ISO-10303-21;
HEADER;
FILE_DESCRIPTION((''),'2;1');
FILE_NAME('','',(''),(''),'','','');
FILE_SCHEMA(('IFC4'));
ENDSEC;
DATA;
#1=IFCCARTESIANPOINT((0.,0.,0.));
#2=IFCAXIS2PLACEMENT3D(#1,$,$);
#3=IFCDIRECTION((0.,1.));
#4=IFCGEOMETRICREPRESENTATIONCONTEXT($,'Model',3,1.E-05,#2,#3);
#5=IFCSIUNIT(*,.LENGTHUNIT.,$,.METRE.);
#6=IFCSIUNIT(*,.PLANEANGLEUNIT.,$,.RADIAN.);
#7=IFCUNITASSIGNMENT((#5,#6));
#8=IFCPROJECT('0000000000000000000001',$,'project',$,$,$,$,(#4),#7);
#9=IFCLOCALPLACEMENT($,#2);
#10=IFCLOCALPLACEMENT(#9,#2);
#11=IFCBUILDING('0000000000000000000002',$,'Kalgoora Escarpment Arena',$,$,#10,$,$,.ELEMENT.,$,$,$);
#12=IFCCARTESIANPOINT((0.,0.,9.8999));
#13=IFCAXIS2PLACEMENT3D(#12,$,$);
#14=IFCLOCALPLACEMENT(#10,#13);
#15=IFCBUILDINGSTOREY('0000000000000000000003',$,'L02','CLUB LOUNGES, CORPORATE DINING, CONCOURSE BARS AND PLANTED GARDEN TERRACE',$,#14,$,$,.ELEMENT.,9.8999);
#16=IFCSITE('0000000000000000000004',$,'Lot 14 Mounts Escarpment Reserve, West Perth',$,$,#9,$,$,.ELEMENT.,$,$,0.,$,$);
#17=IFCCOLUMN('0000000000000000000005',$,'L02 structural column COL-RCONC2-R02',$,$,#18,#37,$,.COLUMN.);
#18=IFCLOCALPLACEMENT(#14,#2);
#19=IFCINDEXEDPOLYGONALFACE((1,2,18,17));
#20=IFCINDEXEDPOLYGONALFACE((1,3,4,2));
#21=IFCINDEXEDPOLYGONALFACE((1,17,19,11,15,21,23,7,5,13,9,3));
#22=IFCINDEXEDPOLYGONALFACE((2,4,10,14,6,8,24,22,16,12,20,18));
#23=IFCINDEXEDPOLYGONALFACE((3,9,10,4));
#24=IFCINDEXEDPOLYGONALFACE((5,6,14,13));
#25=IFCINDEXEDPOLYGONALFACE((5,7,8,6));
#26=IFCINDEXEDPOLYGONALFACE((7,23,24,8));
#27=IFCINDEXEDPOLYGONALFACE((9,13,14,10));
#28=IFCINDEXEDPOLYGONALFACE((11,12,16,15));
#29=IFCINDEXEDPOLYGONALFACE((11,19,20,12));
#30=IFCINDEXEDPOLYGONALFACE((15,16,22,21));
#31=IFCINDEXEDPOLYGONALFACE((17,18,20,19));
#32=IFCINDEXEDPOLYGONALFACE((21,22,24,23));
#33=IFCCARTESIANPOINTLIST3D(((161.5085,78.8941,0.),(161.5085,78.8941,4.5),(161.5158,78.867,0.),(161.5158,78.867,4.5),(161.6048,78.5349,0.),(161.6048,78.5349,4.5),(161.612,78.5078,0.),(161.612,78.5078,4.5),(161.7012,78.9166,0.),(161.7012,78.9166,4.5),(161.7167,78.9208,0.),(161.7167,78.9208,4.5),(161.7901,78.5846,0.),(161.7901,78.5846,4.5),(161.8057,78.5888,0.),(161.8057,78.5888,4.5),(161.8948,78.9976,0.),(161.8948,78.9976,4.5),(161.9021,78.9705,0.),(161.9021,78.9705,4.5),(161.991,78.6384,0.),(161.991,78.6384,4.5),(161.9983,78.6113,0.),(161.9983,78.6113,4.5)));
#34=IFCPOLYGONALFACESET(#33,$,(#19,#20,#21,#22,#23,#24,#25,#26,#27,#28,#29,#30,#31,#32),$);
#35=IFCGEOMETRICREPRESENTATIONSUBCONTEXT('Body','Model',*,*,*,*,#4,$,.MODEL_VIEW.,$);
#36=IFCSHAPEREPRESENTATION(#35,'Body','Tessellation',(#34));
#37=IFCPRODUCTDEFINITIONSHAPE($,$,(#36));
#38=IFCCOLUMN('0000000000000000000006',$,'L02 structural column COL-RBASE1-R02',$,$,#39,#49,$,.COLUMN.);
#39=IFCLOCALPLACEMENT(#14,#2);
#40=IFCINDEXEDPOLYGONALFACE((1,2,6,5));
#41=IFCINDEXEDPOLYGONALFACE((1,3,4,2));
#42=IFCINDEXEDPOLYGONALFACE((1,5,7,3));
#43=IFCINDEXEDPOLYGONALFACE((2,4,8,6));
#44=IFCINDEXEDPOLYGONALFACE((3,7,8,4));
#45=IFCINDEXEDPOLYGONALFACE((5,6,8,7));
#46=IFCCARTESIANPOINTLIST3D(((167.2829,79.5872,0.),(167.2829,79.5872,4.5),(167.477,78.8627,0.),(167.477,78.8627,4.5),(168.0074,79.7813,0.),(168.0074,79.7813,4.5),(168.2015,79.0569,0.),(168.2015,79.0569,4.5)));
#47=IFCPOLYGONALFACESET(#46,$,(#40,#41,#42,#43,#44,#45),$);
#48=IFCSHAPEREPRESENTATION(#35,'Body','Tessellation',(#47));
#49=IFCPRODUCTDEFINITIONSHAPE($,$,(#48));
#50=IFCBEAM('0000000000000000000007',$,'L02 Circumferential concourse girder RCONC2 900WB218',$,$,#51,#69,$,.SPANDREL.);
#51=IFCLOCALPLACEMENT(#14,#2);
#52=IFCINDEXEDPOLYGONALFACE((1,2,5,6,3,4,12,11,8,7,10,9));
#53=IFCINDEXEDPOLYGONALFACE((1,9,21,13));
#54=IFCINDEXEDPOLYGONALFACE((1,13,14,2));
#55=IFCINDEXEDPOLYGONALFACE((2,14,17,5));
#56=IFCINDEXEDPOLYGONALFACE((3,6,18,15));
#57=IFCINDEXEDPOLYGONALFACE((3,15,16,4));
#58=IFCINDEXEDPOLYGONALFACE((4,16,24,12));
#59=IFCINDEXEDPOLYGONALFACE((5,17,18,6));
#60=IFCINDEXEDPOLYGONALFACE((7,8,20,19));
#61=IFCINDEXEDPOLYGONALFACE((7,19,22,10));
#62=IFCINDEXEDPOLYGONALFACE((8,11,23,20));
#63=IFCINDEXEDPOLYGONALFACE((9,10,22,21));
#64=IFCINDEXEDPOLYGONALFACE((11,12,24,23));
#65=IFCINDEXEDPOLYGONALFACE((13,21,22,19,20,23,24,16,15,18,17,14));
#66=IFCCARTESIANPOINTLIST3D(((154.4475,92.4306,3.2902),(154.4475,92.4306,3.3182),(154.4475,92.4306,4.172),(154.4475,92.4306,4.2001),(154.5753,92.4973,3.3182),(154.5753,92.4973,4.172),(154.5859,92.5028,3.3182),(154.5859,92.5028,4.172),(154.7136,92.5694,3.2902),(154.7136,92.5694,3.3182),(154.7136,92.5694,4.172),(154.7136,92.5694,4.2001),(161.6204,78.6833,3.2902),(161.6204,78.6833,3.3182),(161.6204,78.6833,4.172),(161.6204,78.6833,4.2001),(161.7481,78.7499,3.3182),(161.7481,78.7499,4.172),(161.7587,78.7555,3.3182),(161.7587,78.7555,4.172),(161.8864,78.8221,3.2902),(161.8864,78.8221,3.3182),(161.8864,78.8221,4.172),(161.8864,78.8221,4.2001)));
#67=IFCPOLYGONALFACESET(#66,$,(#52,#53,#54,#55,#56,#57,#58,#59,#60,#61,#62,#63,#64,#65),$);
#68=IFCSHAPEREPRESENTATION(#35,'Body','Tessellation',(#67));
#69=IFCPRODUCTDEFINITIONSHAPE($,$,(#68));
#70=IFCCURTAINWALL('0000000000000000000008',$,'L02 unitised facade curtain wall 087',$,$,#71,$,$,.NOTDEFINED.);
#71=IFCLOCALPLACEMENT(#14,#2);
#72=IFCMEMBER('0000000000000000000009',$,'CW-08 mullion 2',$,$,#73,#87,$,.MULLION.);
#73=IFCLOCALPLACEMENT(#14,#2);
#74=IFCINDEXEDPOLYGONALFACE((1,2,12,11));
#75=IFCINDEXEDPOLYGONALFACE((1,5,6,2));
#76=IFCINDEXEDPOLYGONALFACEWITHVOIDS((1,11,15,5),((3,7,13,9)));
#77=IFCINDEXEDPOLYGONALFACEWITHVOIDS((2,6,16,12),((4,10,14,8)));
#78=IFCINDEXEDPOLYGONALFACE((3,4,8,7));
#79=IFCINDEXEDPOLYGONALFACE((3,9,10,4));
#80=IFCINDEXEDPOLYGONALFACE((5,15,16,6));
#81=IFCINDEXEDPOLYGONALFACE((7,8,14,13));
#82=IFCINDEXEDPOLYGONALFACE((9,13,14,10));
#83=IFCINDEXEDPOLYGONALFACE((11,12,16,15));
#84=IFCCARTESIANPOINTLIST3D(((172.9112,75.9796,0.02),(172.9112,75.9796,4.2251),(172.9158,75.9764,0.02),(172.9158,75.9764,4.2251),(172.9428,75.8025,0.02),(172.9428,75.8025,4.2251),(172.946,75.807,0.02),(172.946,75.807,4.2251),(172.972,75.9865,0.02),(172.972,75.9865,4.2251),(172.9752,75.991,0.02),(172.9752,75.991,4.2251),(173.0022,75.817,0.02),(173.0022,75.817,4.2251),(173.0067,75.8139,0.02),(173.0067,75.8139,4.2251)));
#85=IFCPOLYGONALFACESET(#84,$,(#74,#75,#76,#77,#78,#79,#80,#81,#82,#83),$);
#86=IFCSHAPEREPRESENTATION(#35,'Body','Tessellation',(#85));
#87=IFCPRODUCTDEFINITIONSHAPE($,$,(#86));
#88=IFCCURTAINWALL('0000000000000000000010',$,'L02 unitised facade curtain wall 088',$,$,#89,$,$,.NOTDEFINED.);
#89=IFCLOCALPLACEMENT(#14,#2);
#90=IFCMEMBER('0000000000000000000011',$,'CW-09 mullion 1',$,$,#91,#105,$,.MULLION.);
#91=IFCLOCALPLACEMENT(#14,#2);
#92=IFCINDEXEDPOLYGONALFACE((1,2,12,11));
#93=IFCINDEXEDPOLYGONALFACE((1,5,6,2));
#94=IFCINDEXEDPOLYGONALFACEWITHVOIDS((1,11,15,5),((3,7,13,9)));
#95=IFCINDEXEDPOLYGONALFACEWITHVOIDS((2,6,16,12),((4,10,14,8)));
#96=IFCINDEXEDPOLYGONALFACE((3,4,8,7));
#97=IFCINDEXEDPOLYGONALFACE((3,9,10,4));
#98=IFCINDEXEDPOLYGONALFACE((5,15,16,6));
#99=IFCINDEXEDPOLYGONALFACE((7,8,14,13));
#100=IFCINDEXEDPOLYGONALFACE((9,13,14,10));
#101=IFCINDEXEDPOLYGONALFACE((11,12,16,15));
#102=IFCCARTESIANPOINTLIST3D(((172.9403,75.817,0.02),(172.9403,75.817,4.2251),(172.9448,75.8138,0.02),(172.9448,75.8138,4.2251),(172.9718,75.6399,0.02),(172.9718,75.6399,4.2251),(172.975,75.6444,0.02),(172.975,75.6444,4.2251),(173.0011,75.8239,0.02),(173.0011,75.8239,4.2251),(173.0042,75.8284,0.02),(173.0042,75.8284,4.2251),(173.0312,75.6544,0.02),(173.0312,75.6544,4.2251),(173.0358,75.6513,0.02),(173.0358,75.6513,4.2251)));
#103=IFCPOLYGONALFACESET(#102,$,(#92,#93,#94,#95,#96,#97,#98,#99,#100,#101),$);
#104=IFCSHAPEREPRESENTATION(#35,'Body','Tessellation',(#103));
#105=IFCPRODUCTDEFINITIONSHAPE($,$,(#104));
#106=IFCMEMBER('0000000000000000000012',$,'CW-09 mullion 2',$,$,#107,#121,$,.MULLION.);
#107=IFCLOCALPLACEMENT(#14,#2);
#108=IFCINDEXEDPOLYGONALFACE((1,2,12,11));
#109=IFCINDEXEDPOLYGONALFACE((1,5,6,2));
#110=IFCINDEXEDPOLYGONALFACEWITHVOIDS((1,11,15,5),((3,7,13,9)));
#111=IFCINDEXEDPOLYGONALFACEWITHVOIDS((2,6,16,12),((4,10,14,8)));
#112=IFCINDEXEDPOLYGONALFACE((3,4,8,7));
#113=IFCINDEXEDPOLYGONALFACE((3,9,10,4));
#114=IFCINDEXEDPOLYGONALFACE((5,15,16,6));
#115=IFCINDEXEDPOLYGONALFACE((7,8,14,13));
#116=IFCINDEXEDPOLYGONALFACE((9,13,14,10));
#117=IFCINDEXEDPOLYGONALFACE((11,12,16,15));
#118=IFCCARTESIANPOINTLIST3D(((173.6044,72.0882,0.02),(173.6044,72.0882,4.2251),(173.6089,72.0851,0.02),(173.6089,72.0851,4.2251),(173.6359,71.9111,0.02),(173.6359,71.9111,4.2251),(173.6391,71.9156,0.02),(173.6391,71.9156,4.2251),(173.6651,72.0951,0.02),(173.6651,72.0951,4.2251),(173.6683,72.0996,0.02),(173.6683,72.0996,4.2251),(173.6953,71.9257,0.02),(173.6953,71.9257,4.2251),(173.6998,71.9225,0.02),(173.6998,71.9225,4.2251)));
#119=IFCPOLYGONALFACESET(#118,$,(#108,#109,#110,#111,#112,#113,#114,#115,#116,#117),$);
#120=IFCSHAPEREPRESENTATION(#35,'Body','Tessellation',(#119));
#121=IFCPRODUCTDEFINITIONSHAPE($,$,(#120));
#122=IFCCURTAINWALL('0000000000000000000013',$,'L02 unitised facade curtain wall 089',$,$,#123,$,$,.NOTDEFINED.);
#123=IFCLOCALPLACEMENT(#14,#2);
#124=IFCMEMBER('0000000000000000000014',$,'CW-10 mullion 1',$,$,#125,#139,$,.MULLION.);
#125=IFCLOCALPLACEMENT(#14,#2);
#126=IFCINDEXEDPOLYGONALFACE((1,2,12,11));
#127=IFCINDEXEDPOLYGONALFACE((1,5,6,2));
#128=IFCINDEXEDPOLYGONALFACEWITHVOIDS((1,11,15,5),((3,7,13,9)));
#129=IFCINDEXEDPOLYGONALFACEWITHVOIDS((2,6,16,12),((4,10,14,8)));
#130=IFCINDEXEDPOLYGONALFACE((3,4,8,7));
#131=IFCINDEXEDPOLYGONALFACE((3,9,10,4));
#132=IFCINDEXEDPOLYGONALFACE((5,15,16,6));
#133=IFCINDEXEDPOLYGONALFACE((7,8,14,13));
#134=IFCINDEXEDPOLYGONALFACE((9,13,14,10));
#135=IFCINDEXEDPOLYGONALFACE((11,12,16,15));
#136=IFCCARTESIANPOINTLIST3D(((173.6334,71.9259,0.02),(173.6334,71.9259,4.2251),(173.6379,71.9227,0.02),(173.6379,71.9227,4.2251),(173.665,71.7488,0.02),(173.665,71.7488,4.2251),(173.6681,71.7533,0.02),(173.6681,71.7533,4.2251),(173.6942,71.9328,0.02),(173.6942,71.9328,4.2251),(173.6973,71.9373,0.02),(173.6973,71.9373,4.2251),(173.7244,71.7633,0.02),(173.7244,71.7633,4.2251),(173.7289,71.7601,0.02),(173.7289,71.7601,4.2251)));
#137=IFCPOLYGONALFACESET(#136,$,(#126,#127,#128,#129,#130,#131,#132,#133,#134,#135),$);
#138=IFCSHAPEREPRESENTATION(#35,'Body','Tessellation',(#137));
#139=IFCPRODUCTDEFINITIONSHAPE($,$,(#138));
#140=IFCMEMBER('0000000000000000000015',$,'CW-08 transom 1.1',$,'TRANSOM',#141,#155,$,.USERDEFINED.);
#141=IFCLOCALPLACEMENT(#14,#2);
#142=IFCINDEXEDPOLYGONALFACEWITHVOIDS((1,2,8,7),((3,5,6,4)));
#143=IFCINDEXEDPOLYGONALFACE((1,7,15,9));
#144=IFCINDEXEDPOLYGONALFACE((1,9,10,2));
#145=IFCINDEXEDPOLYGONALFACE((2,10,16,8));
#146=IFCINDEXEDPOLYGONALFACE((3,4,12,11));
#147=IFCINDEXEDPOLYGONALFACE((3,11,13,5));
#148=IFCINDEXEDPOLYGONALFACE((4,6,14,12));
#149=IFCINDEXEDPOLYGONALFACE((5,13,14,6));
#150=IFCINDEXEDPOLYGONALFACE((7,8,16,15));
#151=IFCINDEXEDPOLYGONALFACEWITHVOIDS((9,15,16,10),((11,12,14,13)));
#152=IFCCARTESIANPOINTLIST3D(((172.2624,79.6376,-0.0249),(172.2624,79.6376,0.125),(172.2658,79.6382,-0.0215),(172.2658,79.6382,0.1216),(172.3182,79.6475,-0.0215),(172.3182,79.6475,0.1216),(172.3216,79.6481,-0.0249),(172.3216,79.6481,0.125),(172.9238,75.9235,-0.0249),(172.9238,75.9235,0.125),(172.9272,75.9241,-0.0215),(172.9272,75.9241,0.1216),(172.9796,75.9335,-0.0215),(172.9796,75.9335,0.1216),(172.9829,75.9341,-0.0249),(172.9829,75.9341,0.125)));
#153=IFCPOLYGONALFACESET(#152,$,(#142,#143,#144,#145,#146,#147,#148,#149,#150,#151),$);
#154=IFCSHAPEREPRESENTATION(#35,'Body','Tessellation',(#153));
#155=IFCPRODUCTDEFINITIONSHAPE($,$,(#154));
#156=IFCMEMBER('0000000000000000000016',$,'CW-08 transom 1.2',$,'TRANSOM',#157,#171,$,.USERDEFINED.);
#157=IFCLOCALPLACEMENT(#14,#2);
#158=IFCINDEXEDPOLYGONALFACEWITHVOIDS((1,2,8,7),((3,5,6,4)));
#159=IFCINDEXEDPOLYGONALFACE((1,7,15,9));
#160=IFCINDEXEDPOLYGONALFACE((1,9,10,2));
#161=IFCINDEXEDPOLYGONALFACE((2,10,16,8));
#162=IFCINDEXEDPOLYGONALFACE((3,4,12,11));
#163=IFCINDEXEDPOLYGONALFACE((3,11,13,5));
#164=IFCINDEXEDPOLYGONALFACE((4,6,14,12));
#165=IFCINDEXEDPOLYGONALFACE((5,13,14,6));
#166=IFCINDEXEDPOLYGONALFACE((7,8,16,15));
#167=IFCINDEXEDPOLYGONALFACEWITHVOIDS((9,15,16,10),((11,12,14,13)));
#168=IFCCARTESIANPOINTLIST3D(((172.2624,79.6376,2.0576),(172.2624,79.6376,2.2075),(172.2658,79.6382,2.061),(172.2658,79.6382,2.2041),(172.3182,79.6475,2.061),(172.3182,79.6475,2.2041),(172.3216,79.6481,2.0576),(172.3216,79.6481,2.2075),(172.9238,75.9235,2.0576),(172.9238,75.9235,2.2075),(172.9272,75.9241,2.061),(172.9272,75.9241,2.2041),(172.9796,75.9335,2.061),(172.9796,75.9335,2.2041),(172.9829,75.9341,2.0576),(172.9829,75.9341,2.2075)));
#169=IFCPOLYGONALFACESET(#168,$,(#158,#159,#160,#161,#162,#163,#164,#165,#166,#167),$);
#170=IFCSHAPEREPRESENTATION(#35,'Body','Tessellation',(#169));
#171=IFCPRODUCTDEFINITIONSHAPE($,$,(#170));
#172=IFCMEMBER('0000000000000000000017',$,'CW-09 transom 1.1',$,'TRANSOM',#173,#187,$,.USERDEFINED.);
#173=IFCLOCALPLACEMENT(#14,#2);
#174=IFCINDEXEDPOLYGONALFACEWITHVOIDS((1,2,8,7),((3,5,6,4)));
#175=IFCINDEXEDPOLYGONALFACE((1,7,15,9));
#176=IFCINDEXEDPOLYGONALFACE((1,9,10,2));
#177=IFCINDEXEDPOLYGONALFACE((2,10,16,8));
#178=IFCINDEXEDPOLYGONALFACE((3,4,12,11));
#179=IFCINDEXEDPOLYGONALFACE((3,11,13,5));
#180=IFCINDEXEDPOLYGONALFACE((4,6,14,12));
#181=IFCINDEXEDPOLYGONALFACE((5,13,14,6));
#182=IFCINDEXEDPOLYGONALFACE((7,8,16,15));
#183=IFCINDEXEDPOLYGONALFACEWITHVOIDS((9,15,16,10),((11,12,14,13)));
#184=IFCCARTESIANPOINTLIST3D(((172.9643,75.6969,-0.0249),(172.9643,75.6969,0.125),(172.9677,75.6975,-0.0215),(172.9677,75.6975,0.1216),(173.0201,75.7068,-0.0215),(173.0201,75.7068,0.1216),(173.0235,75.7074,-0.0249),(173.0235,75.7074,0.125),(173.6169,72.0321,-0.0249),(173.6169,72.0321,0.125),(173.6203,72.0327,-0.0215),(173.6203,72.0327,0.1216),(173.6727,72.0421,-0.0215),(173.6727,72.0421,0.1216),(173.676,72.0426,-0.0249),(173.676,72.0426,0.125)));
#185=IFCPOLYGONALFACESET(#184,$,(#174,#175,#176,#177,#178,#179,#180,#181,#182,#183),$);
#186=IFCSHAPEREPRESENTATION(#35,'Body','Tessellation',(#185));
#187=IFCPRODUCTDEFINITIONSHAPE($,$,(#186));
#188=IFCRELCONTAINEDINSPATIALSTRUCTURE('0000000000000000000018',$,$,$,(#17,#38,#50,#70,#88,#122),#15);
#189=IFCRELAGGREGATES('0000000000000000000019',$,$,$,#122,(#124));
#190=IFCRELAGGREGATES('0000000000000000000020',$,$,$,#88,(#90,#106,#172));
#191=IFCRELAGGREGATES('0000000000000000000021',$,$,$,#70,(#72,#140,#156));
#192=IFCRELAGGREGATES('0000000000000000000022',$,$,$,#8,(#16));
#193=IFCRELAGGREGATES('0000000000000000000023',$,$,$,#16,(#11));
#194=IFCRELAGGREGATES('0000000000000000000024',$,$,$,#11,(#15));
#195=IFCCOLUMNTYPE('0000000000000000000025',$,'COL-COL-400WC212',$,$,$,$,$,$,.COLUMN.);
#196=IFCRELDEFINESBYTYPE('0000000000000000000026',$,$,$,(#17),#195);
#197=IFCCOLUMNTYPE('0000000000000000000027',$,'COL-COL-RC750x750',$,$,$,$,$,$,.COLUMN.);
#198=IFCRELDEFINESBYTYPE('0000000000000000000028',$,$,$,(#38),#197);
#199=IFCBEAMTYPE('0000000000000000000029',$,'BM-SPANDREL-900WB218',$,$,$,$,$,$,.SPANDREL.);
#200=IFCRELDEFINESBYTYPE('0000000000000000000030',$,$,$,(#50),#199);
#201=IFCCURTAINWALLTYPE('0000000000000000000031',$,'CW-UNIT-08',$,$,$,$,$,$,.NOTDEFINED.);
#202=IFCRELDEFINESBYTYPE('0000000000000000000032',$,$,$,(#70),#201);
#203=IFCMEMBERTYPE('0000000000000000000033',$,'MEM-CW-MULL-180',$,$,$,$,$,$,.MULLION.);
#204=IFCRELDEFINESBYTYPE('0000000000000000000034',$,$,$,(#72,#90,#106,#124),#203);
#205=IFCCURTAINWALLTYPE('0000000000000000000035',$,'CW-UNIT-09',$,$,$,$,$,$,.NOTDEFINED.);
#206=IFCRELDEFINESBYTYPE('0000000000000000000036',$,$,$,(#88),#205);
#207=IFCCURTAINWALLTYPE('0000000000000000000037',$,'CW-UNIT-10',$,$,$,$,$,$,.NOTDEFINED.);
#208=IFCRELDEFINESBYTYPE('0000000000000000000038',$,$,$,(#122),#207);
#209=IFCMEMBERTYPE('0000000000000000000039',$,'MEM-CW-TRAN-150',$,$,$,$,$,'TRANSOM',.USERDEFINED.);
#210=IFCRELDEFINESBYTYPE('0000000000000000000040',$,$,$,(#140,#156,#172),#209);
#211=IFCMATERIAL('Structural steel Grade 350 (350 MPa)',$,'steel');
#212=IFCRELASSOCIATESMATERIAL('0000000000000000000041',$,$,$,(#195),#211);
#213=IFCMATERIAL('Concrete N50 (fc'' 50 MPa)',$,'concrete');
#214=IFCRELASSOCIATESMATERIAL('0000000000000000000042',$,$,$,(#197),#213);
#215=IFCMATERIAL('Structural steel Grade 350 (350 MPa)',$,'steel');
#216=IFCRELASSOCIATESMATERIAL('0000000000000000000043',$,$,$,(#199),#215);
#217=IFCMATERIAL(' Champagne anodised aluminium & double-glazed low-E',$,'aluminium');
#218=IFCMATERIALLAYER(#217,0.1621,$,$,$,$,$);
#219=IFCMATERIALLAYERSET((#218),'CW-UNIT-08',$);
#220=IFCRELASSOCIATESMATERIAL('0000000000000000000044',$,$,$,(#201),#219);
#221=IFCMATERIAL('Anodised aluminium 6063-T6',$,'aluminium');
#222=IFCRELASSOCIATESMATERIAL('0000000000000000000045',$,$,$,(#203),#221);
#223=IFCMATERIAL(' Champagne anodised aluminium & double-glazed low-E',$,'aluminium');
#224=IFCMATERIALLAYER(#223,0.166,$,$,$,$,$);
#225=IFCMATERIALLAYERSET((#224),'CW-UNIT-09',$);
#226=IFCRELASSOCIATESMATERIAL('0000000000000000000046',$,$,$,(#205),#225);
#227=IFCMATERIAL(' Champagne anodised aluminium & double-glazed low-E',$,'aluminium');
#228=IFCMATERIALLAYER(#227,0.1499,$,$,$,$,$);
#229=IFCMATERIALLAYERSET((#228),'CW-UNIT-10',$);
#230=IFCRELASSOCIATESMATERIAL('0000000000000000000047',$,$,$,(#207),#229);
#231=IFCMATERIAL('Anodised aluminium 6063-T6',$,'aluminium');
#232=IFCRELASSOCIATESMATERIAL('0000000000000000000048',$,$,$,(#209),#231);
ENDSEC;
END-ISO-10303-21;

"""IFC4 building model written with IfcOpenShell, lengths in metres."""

from ifc_helpers import new_model, si_unit, direction, frame, origin, origin_2d, place, context, subcontext, project, spatial, rectangle, hollow_rectangle, i_section, extrude, material, layer, layer_set, material_profile, profile_set, type_object, element, aggregate, save


model = new_model("IFC4")

# Units and contexts
model_context = context("Model", 3, precision=1e-05, world=origin(), true_north=direction((0.0, 1.0)))
body_context = subcontext(model_context, "Body", "Model", "MODEL_VIEW")
ifc_project = project(units=[si_unit("LENGTHUNIT", "METRE"), si_unit("PLANEANGLEUNIT", "RADIAN")], contexts=[model_context])

# Site, building, storey
site_placement = place(None, origin())
site = spatial("IfcSite", under=ifc_project, at=site_placement, Name="Lot 14 Mounts Escarpment Reserve, West Perth", CompositionType="ELEMENT", RefElevation=0.0)
building_placement = place(site_placement, origin())
building = spatial("IfcBuilding", under=site, at=building_placement, Name="Kalgoora Escarpment Arena", CompositionType="ELEMENT")
storey_placement = place(building_placement, frame((0.0, 0.0, 9.8999)))
storey = spatial("IfcBuildingStorey", under=building, at=storey_placement, Name="L02", Description="CLUB LOUNGES, CORPORATE DINING, CONCOURSE BARS AND PLANTED GARDEN TERRACE", CompositionType="ELEMENT", Elevation=9.8999)

# Columns
ifc_material_1 = material(Name="Structural steel Grade 350 (350 MPa)", Category="steel")
ifc_material_profile_1 = material_profile(ifc_material_1, i_section(OverallWidth=0.3999, OverallDepth=0.3999, WebThickness=0.0161, FlangeThickness=0.0281, at=origin_2d()))
ifc_profile_set_1 = profile_set([ifc_material_profile_1], Name="Structural steel Grade 350 (350 MPa)")
column_type_1 = type_object("IfcColumnType", Name="COL-COL-400WC212", PredefinedType="COLUMN", material=ifc_profile_set_1)
column_1_placement = place(storey_placement, frame((161.7534, 78.7527, 0.0), z_axis=(0.0, 0.0, 1.0), x_axis=(0.965926, 0.258819, 0.0)))
element("IfcColumn", 1, at=column_1_placement, inside=storey, type_object=column_type_1, Name="L02 structural column COL-RCONC2-R02", PredefinedType="COLUMN", context=body_context, shape_type="SweptSolid", body=[
    extrude(i_section(OverallWidth=0.3999, OverallDepth=0.3999, WebThickness=0.0161, FlangeThickness=0.0281, at=origin_2d()), origin(), (0.0, 0.0, 1.0), 4.5),
])
ifc_material_2 = material(Name="Concrete N50 (fc' 50 MPa)", Category="concrete")
ifc_material_profile_2 = material_profile(ifc_material_2, rectangle(XDim=0.75, YDim=0.75, at=origin_2d()))
ifc_profile_set_2 = profile_set([ifc_material_profile_2], Name="Concrete N50 (fc' 50 MPa)")
column_type_2 = type_object("IfcColumnType", Name="COL-COL-RC750x750", PredefinedType="COLUMN", material=ifc_profile_set_2)
column_2_placement = place(storey_placement, frame((167.7422, 79.322, 0.0), z_axis=(0.0, 0.0, 1.0), x_axis=(0.965926, 0.258819, 0.0)))
element("IfcColumn", 2, at=column_2_placement, inside=storey, type_object=column_type_2, Name="L02 structural column COL-RBASE1-R02", PredefinedType="COLUMN", context=body_context, shape_type="SweptSolid", body=[
    extrude(rectangle(XDim=0.75, YDim=0.75, at=origin_2d()), origin(), (0.0, 0.0, 1.0), 4.5),
])

# Beam
ifc_material_3 = material(Name="Structural steel Grade 350 (350 MPa)", Category="steel")
ifc_material_profile_3 = material_profile(ifc_material_3, i_section(OverallWidth=0.3, OverallDepth=0.9099, WebThickness=0.012, FlangeThickness=0.0281, at=origin_2d()))
ifc_profile_set_3 = profile_set([ifc_material_profile_3], Name="Structural steel Grade 350 (350 MPa)")
beam_type = type_object("IfcBeamType", Name="BM-SPANDREL-900WB218", PredefinedType="SPANDREL", material=ifc_profile_set_3)
beam_placement = place(storey_placement, frame((161.7534, 78.7527, 3.7451), z_axis=(-0.462583, 0.886576, 0.0), x_axis=(-0.886576, -0.462583, 0.0)))
element("IfcBeam", 3, at=beam_placement, inside=storey, type_object=beam_type, Name="L02 Circumferential concourse girder RCONC2 900WB218", PredefinedType="SPANDREL", context=body_context, shape_type="SweptSolid", body=[
    extrude(i_section(OverallWidth=0.3, OverallDepth=0.9099, WebThickness=0.012, FlangeThickness=0.0281, at=origin_2d()), origin(), (0.0, 0.0, 1.0), 15.5061),
])

# Curtain wall, member
ifc_material_4 = material(Name=" Champagne anodised aluminium & double-glazed low-E", Category="aluminium")
ifc_layer_1 = layer(ifc_material_4, 0.1621)
ifc_layer_set_1 = layer_set([ifc_layer_1], Name="CW-UNIT-08")
curtain_wall_type_1 = type_object("IfcCurtainWallType", Name="CW-UNIT-08", PredefinedType="NOTDEFINED", material=ifc_layer_set_1)
curtain_wall_1_placement = place(storey_placement, origin())
curtain_wall_1 = element("IfcCurtainWall", 4, at=curtain_wall_1_placement, inside=storey, type_object=curtain_wall_type_1, Name="L02 unitised facade curtain wall 087", PredefinedType="NOTDEFINED")
ifc_material_5 = material(Name="Anodised aluminium 6063-T6", Category="aluminium")
ifc_material_profile_4 = material_profile(ifc_material_5, hollow_rectangle(XDim=0.0649, YDim=0.1799, WallThickness=0.0039, at=origin_2d()))
ifc_profile_set_4 = profile_set([ifc_material_profile_4], Name="Anodised aluminium 6063-T6")
member_type_1 = type_object("IfcMemberType", Name="MEM-CW-MULL-180", PredefinedType="MULLION", material=ifc_profile_set_4)
member_1_placement = place(storey_placement, frame((172.959, 75.8967, 0.02), z_axis=(0.0, 0.0, 1.0), x_axis=(0.984507, 0.175346, 0.0)))
member_1 = element("IfcMember", 5, at=member_1_placement, type_object=member_type_1, Name="CW-08 mullion 2", PredefinedType="MULLION", context=body_context, shape_type="SweptSolid", body=[
    extrude(hollow_rectangle(XDim=0.0649, YDim=0.1799, WallThickness=0.0039, at=origin_2d()), origin(), (0.0, 0.0, 1.0), 4.2051),
])

# Curtain wall, members
ifc_material_6 = material(Name=" Champagne anodised aluminium & double-glazed low-E", Category="aluminium")
ifc_layer_2 = layer(ifc_material_6, 0.166)
ifc_layer_set_2 = layer_set([ifc_layer_2], Name="CW-UNIT-09")
curtain_wall_type_2 = type_object("IfcCurtainWallType", Name="CW-UNIT-09", PredefinedType="NOTDEFINED", material=ifc_layer_set_2)
curtain_wall_2_placement = place(storey_placement, origin())
curtain_wall_2 = element("IfcCurtainWall", 6, at=curtain_wall_2_placement, inside=storey, type_object=curtain_wall_type_2, Name="L02 unitised facade curtain wall 088", PredefinedType="NOTDEFINED")
member_2_placement = place(storey_placement, frame((172.988, 75.7341, 0.02), z_axis=(0.0, 0.0, 1.0), x_axis=(0.984508, 0.175337, 0.0)))
member_2 = element("IfcMember", 7, at=member_2_placement, type_object=member_type_1, Name="CW-09 mullion 1", PredefinedType="MULLION", context=body_context, shape_type="SweptSolid", body=[
    extrude(hollow_rectangle(XDim=0.0649, YDim=0.1799, WallThickness=0.0039, at=origin_2d()), origin(), (0.0, 0.0, 1.0), 4.2051),
])
member_3_placement = place(storey_placement, frame((173.6521, 72.0054, 0.02), z_axis=(0.0, 0.0, 1.0), x_axis=(0.984508, 0.175337, 0.0)))
member_3 = element("IfcMember", 8, at=member_3_placement, type_object=member_type_1, Name="CW-09 mullion 2", PredefinedType="MULLION", context=body_context, shape_type="SweptSolid", body=[
    extrude(hollow_rectangle(XDim=0.0649, YDim=0.1799, WallThickness=0.0039, at=origin_2d()), origin(), (0.0, 0.0, 1.0), 4.2051),
])

# Curtain wall, member
ifc_material_7 = material(Name=" Champagne anodised aluminium & double-glazed low-E", Category="aluminium")
ifc_layer_3 = layer(ifc_material_7, 0.1499)
ifc_layer_set_3 = layer_set([ifc_layer_3], Name="CW-UNIT-10")
curtain_wall_type_3 = type_object("IfcCurtainWallType", Name="CW-UNIT-10", PredefinedType="NOTDEFINED", material=ifc_layer_set_3)
curtain_wall_3_placement = place(storey_placement, origin())
curtain_wall_3 = element("IfcCurtainWall", 9, at=curtain_wall_3_placement, inside=storey, type_object=curtain_wall_type_3, Name="L02 unitised facade curtain wall 089", PredefinedType="NOTDEFINED")
member_4_placement = place(storey_placement, frame((173.6812, 71.843, 0.02), z_axis=(0.0, 0.0, 1.0), x_axis=(0.984508, 0.175337, 0.0)))
member_4 = element("IfcMember", 10, at=member_4_placement, type_object=member_type_1, Name="CW-10 mullion 1", PredefinedType="MULLION", context=body_context, shape_type="SweptSolid", body=[
    extrude(hollow_rectangle(XDim=0.0649, YDim=0.1799, WallThickness=0.0039, at=origin_2d()), origin(), (0.0, 0.0, 1.0), 4.2051),
])

# Members
ifc_material_8 = material(Name="Anodised aluminium 6063-T6", Category="aluminium")
ifc_material_profile_5 = material_profile(ifc_material_8, hollow_rectangle(XDim=0.0601, YDim=0.1499, WallThickness=0.0034, at=origin_2d()))
ifc_profile_set_5 = profile_set([ifc_material_profile_5], Name="Anodised aluminium 6063-T6")
member_type_2 = type_object("IfcMemberType", Name="MEM-CW-TRAN-150", ElementType="TRANSOM", PredefinedType="USERDEFINED", material=ifc_profile_set_5)
member_5_placement = place(storey_placement, frame((172.292, 79.6428, 0.05), z_axis=(0.175314, -0.984513, 0.0), x_axis=(0.984513, 0.175314, 0.0)))
member_5 = element("IfcMember", 11, at=member_5_placement, type_object=member_type_2, Name="CW-08 transom 1.1", ObjectType="TRANSOM", PredefinedType="USERDEFINED", context=body_context, shape_type="SweptSolid", body=[
    extrude(hollow_rectangle(XDim=0.0601, YDim=0.1499, WallThickness=0.0034, at=origin_2d()), origin(), (0.0, 0.0, 1.0), 3.7725),
])
member_6_placement = place(storey_placement, frame((172.292, 79.6428, 2.1326), z_axis=(0.175314, -0.984513, 0.0), x_axis=(0.984513, 0.175314, 0.0)))
member_6 = element("IfcMember", 12, at=member_6_placement, type_object=member_type_2, Name="CW-08 transom 1.2", ObjectType="TRANSOM", PredefinedType="USERDEFINED", context=body_context, shape_type="SweptSolid", body=[
    extrude(hollow_rectangle(XDim=0.0601, YDim=0.1499, WallThickness=0.0034, at=origin_2d()), origin(), (0.0, 0.0, 1.0), 3.7725),
])
member_7_placement = place(storey_placement, frame((172.9939, 75.7021, 0.05), z_axis=(0.175312, -0.984513, 0.0), x_axis=(0.984513, 0.175312, 0.0)))
member_7 = element("IfcMember", 13, at=member_7_placement, type_object=member_type_2, Name="CW-09 transom 1.1", ObjectType="TRANSOM", PredefinedType="USERDEFINED", context=body_context, shape_type="SweptSolid", body=[
    extrude(hollow_rectangle(XDim=0.0601, YDim=0.1499, WallThickness=0.0034, at=origin_2d()), origin(), (0.0, 0.0, 1.0), 3.7224),
])
aggregate(curtain_wall_3, [member_4])

aggregate(curtain_wall_2, [member_2, member_3, member_7])
aggregate(curtain_wall_1, [member_1, member_5, member_6])

save(model, "model.ifc")
